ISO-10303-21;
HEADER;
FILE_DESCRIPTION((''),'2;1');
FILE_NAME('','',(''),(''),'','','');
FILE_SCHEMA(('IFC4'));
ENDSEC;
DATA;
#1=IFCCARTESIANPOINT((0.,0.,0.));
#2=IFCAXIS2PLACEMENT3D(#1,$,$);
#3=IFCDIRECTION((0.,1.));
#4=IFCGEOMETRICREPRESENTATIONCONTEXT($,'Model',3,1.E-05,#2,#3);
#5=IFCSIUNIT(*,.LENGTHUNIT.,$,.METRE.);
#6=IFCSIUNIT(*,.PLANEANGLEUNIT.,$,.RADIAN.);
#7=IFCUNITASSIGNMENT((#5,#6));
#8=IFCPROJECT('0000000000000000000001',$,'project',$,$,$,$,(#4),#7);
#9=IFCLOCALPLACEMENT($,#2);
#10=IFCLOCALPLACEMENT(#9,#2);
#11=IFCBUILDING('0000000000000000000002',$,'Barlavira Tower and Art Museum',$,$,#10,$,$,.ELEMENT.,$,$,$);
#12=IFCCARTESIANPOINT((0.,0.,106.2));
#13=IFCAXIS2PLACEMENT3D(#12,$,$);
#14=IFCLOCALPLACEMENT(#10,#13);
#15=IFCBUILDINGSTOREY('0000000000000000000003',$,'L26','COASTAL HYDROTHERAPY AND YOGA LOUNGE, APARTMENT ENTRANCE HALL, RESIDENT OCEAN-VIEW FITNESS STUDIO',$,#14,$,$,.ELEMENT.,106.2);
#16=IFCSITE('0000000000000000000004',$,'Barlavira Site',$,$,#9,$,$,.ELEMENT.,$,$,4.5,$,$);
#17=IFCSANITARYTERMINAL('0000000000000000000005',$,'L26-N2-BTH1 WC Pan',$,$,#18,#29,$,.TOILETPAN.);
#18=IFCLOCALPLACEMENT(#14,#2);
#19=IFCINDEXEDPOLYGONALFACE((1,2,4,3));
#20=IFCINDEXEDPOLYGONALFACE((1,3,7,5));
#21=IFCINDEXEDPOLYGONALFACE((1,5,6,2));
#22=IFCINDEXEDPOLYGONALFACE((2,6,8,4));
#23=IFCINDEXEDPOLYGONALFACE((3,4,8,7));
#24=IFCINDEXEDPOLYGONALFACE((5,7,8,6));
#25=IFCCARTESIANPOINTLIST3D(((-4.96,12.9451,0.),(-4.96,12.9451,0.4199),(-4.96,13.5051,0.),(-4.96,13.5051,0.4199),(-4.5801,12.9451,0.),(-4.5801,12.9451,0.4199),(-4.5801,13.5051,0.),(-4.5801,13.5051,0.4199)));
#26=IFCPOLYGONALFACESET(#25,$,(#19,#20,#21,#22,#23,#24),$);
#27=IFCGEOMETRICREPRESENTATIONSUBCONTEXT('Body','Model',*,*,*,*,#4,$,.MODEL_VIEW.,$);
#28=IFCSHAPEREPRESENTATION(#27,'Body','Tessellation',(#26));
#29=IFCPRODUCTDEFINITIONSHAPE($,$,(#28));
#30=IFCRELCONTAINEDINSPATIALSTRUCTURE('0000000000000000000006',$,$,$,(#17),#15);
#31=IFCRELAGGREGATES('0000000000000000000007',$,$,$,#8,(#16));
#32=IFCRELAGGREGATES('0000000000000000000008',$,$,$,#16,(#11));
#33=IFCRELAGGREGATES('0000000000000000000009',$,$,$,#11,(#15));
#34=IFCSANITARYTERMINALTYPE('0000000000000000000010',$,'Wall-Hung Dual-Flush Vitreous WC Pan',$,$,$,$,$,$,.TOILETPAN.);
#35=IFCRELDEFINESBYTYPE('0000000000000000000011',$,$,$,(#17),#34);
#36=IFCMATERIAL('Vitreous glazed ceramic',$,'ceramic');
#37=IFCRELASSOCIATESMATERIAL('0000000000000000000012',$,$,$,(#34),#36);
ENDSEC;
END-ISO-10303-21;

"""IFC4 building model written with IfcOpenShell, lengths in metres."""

from ifc_helpers import new_model, si_unit, direction, frame, origin, origin_2d, place, context, subcontext, project, spatial, rectangle, extrude, material, type_object, element, save


model = new_model("IFC4")

# Units and contexts
model_context = context("Model", 3, precision=1e-05, world=origin(), true_north=direction((0.0, 1.0)))
body_context = subcontext(model_context, "Body", "Model", "MODEL_VIEW")
ifc_project = project(units=[si_unit("LENGTHUNIT", "METRE"), si_unit("PLANEANGLEUNIT", "RADIAN")], contexts=[model_context])

# Site, building, storey
site_placement = place(None, origin())
site = spatial("IfcSite", under=ifc_project, at=site_placement, Name="Barlavira Site", CompositionType="ELEMENT", RefElevation=4.5)
building_placement = place(site_placement, origin())
building = spatial("IfcBuilding", under=site, at=building_placement, Name="Barlavira Tower and Art Museum", CompositionType="ELEMENT")
storey_placement = place(building_placement, frame((0.0, 0.0, 106.2)))
storey = spatial("IfcBuildingStorey", under=building, at=storey_placement, Name="L26", Description="COASTAL HYDROTHERAPY AND YOGA LOUNGE, APARTMENT ENTRANCE HALL, RESIDENT OCEAN-VIEW FITNESS STUDIO", CompositionType="ELEMENT", Elevation=106.2)

# Sanitary terminal
ifc_material_1 = material(Name="Vitreous glazed ceramic", Category="ceramic")
sanitary_terminal_type_1 = type_object("IfcSanitaryTerminalType", Name="Wall-Hung Dual-Flush Vitreous WC Pan", PredefinedType="TOILETPAN", material=ifc_material_1)
sanitary_terminal_1_placement = place(storey_placement, frame((-4.77, 13.2251, 0.0), z_axis=(0.0, 0.0, 1.0), x_axis=(1.0, 0.0, 0.0)))
element("IfcSanitaryTerminal", 1, at=sanitary_terminal_1_placement, inside=storey, type_object=sanitary_terminal_type_1, Name="L26-N2-BTH1 WC Pan", PredefinedType="TOILETPAN", context=body_context, shape_type="SweptSolid", body=[
    extrude(rectangle(XDim=0.3799, YDim=0.5601, at=origin_2d()), origin(), (0.0, 0.0, 1.0), 0.4199),
])

save(model, "model.ifc")
